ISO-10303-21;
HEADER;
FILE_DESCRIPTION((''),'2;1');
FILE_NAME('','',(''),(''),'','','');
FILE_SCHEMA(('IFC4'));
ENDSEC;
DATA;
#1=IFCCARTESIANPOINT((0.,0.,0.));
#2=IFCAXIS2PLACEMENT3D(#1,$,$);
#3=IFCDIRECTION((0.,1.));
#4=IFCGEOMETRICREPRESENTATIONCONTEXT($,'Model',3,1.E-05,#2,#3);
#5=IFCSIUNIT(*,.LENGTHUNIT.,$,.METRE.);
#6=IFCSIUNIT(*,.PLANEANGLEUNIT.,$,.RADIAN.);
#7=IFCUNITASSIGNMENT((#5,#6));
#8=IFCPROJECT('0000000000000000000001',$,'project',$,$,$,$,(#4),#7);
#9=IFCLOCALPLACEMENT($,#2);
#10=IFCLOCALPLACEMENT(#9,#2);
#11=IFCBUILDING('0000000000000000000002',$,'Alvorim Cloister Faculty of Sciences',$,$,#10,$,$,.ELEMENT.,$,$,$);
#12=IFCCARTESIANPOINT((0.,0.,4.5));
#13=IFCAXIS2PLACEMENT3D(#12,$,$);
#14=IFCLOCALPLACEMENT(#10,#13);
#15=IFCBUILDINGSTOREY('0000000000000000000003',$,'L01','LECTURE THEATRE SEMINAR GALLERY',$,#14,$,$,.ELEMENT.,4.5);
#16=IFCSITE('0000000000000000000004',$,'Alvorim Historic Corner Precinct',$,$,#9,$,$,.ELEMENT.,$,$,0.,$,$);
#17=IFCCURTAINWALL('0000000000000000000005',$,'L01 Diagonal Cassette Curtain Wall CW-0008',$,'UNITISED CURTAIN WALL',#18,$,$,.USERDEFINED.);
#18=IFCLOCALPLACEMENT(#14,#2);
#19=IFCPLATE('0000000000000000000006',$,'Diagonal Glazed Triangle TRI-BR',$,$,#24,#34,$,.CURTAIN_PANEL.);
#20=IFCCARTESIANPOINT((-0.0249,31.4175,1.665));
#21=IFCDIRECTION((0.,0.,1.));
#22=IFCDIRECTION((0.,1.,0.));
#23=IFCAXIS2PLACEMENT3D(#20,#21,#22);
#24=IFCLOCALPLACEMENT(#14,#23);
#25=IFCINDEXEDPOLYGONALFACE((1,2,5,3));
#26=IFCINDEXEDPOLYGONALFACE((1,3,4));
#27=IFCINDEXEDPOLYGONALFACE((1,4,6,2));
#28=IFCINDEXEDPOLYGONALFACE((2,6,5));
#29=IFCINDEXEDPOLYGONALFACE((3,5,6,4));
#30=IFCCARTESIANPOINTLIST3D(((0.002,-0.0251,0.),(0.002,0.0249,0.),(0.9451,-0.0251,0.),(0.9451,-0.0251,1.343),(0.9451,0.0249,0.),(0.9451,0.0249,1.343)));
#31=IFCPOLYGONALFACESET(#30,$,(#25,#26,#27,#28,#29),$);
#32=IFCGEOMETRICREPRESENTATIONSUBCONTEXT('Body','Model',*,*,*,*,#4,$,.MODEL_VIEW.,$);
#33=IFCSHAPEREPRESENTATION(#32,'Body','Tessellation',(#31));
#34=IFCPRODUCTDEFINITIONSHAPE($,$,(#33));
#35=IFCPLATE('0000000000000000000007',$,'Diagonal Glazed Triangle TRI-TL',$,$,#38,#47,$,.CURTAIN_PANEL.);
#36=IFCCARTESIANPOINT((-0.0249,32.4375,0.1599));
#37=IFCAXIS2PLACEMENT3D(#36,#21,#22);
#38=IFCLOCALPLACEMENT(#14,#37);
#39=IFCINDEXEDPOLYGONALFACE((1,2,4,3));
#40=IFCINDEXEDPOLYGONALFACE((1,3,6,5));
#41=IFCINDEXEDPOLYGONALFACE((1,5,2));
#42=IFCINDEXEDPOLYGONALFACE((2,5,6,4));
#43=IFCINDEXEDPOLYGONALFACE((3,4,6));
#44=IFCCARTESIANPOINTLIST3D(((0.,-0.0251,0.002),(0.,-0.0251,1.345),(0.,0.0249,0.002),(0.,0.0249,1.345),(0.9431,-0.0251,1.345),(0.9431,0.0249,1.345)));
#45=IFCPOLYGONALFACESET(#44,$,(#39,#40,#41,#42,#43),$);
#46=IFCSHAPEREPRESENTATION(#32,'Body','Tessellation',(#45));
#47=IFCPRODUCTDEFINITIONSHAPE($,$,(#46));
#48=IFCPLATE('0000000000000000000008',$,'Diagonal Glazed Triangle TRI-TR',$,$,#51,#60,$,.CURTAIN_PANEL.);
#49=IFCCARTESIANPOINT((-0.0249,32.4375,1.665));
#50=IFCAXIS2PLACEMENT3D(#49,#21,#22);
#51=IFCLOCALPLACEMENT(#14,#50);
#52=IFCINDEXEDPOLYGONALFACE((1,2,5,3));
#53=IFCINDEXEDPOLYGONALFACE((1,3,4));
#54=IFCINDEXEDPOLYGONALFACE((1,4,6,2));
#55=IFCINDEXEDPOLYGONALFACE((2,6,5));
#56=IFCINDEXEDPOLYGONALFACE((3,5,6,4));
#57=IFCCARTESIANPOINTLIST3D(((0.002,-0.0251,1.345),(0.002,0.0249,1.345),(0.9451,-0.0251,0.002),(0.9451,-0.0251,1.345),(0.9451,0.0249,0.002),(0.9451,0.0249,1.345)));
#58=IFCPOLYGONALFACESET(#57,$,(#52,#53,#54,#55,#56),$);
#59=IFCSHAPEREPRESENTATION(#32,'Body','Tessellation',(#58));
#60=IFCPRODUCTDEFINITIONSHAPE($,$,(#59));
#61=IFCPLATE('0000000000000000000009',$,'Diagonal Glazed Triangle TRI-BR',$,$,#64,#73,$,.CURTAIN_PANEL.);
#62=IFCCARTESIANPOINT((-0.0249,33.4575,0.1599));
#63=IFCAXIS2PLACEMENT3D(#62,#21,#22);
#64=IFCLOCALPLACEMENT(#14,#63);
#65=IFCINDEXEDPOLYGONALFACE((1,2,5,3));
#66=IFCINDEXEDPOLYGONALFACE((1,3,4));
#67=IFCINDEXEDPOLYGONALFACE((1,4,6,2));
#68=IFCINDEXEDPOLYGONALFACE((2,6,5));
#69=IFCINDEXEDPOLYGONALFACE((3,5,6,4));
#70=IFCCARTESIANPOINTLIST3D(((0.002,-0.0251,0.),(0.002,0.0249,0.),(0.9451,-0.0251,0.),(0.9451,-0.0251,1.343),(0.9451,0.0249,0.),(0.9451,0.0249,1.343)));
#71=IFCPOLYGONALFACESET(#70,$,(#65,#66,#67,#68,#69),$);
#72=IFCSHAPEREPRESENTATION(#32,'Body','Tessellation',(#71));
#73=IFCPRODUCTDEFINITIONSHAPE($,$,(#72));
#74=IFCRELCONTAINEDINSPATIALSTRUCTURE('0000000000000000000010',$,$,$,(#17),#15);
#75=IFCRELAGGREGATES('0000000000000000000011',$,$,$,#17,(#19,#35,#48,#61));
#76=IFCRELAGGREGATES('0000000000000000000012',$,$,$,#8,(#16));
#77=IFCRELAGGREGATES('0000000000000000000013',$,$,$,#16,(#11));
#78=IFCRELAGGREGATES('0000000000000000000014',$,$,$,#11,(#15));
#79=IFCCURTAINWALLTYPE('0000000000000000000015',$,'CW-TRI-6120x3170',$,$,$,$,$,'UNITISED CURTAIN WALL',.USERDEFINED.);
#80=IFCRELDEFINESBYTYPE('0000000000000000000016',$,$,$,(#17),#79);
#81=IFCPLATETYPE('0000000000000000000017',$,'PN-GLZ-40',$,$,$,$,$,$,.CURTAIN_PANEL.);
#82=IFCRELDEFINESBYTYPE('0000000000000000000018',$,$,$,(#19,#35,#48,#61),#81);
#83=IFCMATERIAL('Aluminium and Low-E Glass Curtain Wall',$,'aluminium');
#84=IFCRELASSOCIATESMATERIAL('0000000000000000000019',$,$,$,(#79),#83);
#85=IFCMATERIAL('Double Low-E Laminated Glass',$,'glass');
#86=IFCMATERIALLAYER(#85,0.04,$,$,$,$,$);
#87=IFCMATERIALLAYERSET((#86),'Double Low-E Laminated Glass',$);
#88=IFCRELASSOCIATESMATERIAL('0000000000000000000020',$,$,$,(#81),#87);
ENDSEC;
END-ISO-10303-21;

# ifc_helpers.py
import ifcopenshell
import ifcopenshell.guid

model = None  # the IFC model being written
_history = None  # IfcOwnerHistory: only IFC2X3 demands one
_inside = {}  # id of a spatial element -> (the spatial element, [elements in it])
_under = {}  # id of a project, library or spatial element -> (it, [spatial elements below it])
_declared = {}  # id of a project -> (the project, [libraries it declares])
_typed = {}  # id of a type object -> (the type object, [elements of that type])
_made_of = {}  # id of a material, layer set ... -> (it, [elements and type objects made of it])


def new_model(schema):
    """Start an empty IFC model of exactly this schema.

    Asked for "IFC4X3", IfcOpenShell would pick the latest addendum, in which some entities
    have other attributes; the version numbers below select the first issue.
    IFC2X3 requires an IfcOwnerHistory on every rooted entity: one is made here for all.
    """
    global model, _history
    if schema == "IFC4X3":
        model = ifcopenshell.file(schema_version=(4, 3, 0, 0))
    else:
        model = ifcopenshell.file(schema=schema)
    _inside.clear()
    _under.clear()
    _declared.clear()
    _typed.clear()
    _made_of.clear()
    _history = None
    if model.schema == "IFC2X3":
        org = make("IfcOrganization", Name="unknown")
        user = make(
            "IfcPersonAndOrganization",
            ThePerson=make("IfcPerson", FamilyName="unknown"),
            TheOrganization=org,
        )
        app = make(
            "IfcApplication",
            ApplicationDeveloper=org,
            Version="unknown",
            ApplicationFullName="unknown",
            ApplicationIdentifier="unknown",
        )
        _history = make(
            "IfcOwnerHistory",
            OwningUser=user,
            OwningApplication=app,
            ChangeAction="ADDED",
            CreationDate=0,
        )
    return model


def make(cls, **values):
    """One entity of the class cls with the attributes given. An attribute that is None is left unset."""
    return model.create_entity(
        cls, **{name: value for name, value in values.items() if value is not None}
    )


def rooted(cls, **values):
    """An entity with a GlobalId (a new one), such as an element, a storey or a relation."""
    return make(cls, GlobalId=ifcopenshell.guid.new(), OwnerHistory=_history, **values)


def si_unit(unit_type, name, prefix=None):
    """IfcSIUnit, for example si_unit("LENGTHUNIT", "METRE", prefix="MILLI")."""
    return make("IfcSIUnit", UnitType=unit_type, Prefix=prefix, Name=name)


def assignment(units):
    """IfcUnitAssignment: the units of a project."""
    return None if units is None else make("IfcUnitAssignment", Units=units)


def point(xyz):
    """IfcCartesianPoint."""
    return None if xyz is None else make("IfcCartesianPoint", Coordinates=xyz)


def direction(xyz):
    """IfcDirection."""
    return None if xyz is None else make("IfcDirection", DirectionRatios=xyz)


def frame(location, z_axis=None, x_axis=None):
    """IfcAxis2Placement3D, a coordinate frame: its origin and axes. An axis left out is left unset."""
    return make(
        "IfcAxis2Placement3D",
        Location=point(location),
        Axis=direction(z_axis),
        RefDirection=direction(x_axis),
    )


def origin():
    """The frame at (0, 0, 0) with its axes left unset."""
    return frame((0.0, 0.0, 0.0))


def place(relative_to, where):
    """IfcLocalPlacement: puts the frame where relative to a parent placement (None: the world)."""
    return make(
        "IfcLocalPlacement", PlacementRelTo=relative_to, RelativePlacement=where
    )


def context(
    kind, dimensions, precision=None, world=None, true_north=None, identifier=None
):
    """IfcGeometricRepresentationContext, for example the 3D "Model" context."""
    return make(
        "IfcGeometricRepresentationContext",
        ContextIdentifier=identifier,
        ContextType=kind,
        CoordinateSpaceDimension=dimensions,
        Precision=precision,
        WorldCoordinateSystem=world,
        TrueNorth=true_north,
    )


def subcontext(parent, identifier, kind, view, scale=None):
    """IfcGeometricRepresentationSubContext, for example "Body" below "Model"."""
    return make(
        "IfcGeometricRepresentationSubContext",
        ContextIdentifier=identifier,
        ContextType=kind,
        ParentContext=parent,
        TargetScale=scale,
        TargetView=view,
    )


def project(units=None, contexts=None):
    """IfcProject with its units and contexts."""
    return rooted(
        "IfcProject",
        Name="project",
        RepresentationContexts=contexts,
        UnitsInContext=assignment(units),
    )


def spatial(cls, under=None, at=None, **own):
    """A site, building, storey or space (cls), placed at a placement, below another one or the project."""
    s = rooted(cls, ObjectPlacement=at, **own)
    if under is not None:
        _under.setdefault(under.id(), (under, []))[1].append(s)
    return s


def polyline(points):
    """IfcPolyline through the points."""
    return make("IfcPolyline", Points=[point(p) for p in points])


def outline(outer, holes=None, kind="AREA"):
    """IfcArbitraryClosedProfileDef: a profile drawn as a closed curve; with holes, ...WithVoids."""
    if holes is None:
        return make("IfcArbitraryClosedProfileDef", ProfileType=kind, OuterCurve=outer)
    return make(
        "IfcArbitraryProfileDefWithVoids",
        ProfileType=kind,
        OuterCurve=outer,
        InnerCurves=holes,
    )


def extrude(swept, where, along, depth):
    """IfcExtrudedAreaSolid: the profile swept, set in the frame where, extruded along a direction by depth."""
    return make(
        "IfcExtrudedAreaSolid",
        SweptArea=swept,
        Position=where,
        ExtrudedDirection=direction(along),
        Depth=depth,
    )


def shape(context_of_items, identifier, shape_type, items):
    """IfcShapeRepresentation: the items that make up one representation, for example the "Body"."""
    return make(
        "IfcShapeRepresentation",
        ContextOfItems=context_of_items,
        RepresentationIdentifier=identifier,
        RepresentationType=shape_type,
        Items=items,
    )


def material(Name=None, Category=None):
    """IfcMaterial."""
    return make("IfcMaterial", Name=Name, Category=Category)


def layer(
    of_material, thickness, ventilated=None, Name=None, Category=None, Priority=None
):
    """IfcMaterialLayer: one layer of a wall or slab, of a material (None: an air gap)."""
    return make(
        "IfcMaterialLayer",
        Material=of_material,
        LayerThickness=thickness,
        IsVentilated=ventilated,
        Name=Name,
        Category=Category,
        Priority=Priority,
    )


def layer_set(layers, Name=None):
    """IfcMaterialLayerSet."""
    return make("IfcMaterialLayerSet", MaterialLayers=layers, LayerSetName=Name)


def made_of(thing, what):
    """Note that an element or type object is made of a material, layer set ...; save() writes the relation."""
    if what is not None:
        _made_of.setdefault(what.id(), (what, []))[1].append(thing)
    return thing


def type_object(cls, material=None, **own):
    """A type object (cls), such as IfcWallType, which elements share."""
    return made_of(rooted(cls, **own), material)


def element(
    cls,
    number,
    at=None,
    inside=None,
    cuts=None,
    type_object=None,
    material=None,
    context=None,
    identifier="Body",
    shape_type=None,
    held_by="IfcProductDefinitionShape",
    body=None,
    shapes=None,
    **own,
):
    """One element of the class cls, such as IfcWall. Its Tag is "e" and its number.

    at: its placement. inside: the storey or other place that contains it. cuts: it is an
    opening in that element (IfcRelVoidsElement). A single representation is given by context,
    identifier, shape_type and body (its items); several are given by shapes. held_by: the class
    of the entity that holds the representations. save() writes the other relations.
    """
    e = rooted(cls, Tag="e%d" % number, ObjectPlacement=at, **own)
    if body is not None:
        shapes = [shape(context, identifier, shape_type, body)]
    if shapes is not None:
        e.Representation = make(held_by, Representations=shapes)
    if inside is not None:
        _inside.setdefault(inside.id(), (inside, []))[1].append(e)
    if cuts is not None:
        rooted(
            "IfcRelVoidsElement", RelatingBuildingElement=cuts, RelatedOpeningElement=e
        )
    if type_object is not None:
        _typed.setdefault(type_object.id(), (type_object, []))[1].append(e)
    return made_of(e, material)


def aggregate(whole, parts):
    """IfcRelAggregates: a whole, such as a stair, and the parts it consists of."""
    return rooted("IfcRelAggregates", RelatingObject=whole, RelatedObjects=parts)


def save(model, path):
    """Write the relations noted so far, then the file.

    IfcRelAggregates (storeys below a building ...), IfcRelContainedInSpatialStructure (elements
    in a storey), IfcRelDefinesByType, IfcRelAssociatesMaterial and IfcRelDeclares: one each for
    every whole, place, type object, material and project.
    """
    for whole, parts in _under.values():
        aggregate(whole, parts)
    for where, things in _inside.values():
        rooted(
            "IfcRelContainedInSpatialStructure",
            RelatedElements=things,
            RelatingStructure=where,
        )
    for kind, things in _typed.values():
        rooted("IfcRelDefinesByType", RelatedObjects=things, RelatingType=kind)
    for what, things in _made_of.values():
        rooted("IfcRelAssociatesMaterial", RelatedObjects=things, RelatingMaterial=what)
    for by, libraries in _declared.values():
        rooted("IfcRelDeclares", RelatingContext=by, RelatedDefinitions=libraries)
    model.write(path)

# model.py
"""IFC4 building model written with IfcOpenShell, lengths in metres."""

from ifc_helpers import new_model, si_unit, direction, frame, origin, place, context, subcontext, project, spatial, polyline, outline, extrude, material, layer, layer_set, type_object, element, aggregate, save


model = new_model("IFC4")

# Units and contexts
model_context = context("Model", 3, precision=1e-05, world=origin(), true_north=direction((0.0, 1.0)))
body_context = subcontext(model_context, "Body", "Model", "MODEL_VIEW")
ifc_project = project(units=[si_unit("LENGTHUNIT", "METRE"), si_unit("PLANEANGLEUNIT", "RADIAN")], contexts=[model_context])

# Site, building, storey
site_placement = place(None, origin())
site = spatial("IfcSite", under=ifc_project, at=site_placement, Name="Alvorim Historic Corner Precinct", CompositionType="ELEMENT", RefElevation=0.0)
building_placement = place(site_placement, origin())
building = spatial("IfcBuilding", under=site, at=building_placement, Name="Alvorim Cloister Faculty of Sciences", CompositionType="ELEMENT")
storey_placement = place(building_placement, frame((0.0, 0.0, 4.5)))
storey = spatial("IfcBuildingStorey", under=building, at=storey_placement, Name="L01", Description="LECTURE THEATRE SEMINAR GALLERY", CompositionType="ELEMENT", Elevation=4.5)

# Curtain wall, plates
ifc_material_1 = material(Name="Aluminium and Low-E Glass Curtain Wall", Category="aluminium")
curtain_wall_type = type_object("IfcCurtainWallType", Name="CW-TRI-6120x3170", ElementType="UNITISED CURTAIN WALL", PredefinedType="USERDEFINED", material=ifc_material_1)
curtain_wall_placement = place(storey_placement, origin())
curtain_wall = element("IfcCurtainWall", 1, at=curtain_wall_placement, inside=storey, type_object=curtain_wall_type, Name="L01 Diagonal Cassette Curtain Wall CW-0008", ObjectType="UNITISED CURTAIN WALL", PredefinedType="USERDEFINED")
ifc_material_2 = material(Name="Double Low-E Laminated Glass", Category="glass")
ifc_layer = layer(ifc_material_2, 0.04)
ifc_layer_set = layer_set([ifc_layer], Name="Double Low-E Laminated Glass")
plate_type = type_object("IfcPlateType", Name="PN-GLZ-40", PredefinedType="CURTAIN_PANEL", material=ifc_layer_set)
plate_1_placement = place(storey_placement, frame((-0.0249, 31.4175, 1.665), z_axis=(0.0, 0.0, 1.0), x_axis=(0.0, 1.0, 0.0)))
plate_1 = element("IfcPlate", 2, at=plate_1_placement, type_object=plate_type, Name="Diagonal Glazed Triangle TRI-BR", PredefinedType="CURTAIN_PANEL", context=body_context, shape_type="SweptSolid", body=[
    extrude(outline(polyline([(0.002, 0.0), (0.9451, 0.0), (0.9451, 1.343), (0.002, 0.0)])), frame((0.0, 0.0249, 0.0), z_axis=(0.0, -1.0, 0.0), x_axis=(1.0, 0.0, 0.0)), (0.0, 0.0, 1.0), 0.05),
])
plate_2_placement = place(storey_placement, frame((-0.0249, 32.4375, 0.1599), z_axis=(0.0, 0.0, 1.0), x_axis=(0.0, 1.0, 0.0)))
plate_2 = element("IfcPlate", 3, at=plate_2_placement, type_object=plate_type, Name="Diagonal Glazed Triangle TRI-TL", PredefinedType="CURTAIN_PANEL", context=body_context, shape_type="SweptSolid", body=[
    extrude(outline(polyline([(0.9431, 1.345), (0.0, 1.345), (0.0, 0.002), (0.9431, 1.345)])), frame((0.0, 0.0249, 0.0), z_axis=(0.0, -1.0, 0.0), x_axis=(1.0, 0.0, 0.0)), (0.0, 0.0, 1.0), 0.05),
])
plate_3_placement = place(storey_placement, frame((-0.0249, 32.4375, 1.665), z_axis=(0.0, 0.0, 1.0), x_axis=(0.0, 1.0, 0.0)))
plate_3 = element("IfcPlate", 4, at=plate_3_placement, type_object=plate_type, Name="Diagonal Glazed Triangle TRI-TR", PredefinedType="CURTAIN_PANEL", context=body_context, shape_type="SweptSolid", body=[
    extrude(outline(polyline([(0.9451, 0.002), (0.9451, 1.345), (0.002, 1.345), (0.9451, 0.002)])), frame((0.0, 0.0249, 0.0), z_axis=(0.0, -1.0, 0.0), x_axis=(1.0, 0.0, 0.0)), (0.0, 0.0, 1.0), 0.05),
])
plate_4_placement = place(storey_placement, frame((-0.0249, 33.4575, 0.1599), z_axis=(0.0, 0.0, 1.0), x_axis=(0.0, 1.0, 0.0)))
plate_4 = element("IfcPlate", 5, at=plate_4_placement, type_object=plate_type, Name="Diagonal Glazed Triangle TRI-BR", PredefinedType="CURTAIN_PANEL", context=body_context, shape_type="SweptSolid", body=[
    extrude(outline(polyline([(0.002, 0.0), (0.9451, 0.0), (0.9451, 1.343), (0.002, 0.0)])), frame((0.0, 0.0249, 0.0), z_axis=(0.0, -1.0, 0.0), x_axis=(1.0, 0.0, 0.0)), (0.0, 0.0, 1.0), 0.05),
])
aggregate(curtain_wall, [plate_1, plate_2, plate_3, plate_4])

save(model, "model.ifc")
